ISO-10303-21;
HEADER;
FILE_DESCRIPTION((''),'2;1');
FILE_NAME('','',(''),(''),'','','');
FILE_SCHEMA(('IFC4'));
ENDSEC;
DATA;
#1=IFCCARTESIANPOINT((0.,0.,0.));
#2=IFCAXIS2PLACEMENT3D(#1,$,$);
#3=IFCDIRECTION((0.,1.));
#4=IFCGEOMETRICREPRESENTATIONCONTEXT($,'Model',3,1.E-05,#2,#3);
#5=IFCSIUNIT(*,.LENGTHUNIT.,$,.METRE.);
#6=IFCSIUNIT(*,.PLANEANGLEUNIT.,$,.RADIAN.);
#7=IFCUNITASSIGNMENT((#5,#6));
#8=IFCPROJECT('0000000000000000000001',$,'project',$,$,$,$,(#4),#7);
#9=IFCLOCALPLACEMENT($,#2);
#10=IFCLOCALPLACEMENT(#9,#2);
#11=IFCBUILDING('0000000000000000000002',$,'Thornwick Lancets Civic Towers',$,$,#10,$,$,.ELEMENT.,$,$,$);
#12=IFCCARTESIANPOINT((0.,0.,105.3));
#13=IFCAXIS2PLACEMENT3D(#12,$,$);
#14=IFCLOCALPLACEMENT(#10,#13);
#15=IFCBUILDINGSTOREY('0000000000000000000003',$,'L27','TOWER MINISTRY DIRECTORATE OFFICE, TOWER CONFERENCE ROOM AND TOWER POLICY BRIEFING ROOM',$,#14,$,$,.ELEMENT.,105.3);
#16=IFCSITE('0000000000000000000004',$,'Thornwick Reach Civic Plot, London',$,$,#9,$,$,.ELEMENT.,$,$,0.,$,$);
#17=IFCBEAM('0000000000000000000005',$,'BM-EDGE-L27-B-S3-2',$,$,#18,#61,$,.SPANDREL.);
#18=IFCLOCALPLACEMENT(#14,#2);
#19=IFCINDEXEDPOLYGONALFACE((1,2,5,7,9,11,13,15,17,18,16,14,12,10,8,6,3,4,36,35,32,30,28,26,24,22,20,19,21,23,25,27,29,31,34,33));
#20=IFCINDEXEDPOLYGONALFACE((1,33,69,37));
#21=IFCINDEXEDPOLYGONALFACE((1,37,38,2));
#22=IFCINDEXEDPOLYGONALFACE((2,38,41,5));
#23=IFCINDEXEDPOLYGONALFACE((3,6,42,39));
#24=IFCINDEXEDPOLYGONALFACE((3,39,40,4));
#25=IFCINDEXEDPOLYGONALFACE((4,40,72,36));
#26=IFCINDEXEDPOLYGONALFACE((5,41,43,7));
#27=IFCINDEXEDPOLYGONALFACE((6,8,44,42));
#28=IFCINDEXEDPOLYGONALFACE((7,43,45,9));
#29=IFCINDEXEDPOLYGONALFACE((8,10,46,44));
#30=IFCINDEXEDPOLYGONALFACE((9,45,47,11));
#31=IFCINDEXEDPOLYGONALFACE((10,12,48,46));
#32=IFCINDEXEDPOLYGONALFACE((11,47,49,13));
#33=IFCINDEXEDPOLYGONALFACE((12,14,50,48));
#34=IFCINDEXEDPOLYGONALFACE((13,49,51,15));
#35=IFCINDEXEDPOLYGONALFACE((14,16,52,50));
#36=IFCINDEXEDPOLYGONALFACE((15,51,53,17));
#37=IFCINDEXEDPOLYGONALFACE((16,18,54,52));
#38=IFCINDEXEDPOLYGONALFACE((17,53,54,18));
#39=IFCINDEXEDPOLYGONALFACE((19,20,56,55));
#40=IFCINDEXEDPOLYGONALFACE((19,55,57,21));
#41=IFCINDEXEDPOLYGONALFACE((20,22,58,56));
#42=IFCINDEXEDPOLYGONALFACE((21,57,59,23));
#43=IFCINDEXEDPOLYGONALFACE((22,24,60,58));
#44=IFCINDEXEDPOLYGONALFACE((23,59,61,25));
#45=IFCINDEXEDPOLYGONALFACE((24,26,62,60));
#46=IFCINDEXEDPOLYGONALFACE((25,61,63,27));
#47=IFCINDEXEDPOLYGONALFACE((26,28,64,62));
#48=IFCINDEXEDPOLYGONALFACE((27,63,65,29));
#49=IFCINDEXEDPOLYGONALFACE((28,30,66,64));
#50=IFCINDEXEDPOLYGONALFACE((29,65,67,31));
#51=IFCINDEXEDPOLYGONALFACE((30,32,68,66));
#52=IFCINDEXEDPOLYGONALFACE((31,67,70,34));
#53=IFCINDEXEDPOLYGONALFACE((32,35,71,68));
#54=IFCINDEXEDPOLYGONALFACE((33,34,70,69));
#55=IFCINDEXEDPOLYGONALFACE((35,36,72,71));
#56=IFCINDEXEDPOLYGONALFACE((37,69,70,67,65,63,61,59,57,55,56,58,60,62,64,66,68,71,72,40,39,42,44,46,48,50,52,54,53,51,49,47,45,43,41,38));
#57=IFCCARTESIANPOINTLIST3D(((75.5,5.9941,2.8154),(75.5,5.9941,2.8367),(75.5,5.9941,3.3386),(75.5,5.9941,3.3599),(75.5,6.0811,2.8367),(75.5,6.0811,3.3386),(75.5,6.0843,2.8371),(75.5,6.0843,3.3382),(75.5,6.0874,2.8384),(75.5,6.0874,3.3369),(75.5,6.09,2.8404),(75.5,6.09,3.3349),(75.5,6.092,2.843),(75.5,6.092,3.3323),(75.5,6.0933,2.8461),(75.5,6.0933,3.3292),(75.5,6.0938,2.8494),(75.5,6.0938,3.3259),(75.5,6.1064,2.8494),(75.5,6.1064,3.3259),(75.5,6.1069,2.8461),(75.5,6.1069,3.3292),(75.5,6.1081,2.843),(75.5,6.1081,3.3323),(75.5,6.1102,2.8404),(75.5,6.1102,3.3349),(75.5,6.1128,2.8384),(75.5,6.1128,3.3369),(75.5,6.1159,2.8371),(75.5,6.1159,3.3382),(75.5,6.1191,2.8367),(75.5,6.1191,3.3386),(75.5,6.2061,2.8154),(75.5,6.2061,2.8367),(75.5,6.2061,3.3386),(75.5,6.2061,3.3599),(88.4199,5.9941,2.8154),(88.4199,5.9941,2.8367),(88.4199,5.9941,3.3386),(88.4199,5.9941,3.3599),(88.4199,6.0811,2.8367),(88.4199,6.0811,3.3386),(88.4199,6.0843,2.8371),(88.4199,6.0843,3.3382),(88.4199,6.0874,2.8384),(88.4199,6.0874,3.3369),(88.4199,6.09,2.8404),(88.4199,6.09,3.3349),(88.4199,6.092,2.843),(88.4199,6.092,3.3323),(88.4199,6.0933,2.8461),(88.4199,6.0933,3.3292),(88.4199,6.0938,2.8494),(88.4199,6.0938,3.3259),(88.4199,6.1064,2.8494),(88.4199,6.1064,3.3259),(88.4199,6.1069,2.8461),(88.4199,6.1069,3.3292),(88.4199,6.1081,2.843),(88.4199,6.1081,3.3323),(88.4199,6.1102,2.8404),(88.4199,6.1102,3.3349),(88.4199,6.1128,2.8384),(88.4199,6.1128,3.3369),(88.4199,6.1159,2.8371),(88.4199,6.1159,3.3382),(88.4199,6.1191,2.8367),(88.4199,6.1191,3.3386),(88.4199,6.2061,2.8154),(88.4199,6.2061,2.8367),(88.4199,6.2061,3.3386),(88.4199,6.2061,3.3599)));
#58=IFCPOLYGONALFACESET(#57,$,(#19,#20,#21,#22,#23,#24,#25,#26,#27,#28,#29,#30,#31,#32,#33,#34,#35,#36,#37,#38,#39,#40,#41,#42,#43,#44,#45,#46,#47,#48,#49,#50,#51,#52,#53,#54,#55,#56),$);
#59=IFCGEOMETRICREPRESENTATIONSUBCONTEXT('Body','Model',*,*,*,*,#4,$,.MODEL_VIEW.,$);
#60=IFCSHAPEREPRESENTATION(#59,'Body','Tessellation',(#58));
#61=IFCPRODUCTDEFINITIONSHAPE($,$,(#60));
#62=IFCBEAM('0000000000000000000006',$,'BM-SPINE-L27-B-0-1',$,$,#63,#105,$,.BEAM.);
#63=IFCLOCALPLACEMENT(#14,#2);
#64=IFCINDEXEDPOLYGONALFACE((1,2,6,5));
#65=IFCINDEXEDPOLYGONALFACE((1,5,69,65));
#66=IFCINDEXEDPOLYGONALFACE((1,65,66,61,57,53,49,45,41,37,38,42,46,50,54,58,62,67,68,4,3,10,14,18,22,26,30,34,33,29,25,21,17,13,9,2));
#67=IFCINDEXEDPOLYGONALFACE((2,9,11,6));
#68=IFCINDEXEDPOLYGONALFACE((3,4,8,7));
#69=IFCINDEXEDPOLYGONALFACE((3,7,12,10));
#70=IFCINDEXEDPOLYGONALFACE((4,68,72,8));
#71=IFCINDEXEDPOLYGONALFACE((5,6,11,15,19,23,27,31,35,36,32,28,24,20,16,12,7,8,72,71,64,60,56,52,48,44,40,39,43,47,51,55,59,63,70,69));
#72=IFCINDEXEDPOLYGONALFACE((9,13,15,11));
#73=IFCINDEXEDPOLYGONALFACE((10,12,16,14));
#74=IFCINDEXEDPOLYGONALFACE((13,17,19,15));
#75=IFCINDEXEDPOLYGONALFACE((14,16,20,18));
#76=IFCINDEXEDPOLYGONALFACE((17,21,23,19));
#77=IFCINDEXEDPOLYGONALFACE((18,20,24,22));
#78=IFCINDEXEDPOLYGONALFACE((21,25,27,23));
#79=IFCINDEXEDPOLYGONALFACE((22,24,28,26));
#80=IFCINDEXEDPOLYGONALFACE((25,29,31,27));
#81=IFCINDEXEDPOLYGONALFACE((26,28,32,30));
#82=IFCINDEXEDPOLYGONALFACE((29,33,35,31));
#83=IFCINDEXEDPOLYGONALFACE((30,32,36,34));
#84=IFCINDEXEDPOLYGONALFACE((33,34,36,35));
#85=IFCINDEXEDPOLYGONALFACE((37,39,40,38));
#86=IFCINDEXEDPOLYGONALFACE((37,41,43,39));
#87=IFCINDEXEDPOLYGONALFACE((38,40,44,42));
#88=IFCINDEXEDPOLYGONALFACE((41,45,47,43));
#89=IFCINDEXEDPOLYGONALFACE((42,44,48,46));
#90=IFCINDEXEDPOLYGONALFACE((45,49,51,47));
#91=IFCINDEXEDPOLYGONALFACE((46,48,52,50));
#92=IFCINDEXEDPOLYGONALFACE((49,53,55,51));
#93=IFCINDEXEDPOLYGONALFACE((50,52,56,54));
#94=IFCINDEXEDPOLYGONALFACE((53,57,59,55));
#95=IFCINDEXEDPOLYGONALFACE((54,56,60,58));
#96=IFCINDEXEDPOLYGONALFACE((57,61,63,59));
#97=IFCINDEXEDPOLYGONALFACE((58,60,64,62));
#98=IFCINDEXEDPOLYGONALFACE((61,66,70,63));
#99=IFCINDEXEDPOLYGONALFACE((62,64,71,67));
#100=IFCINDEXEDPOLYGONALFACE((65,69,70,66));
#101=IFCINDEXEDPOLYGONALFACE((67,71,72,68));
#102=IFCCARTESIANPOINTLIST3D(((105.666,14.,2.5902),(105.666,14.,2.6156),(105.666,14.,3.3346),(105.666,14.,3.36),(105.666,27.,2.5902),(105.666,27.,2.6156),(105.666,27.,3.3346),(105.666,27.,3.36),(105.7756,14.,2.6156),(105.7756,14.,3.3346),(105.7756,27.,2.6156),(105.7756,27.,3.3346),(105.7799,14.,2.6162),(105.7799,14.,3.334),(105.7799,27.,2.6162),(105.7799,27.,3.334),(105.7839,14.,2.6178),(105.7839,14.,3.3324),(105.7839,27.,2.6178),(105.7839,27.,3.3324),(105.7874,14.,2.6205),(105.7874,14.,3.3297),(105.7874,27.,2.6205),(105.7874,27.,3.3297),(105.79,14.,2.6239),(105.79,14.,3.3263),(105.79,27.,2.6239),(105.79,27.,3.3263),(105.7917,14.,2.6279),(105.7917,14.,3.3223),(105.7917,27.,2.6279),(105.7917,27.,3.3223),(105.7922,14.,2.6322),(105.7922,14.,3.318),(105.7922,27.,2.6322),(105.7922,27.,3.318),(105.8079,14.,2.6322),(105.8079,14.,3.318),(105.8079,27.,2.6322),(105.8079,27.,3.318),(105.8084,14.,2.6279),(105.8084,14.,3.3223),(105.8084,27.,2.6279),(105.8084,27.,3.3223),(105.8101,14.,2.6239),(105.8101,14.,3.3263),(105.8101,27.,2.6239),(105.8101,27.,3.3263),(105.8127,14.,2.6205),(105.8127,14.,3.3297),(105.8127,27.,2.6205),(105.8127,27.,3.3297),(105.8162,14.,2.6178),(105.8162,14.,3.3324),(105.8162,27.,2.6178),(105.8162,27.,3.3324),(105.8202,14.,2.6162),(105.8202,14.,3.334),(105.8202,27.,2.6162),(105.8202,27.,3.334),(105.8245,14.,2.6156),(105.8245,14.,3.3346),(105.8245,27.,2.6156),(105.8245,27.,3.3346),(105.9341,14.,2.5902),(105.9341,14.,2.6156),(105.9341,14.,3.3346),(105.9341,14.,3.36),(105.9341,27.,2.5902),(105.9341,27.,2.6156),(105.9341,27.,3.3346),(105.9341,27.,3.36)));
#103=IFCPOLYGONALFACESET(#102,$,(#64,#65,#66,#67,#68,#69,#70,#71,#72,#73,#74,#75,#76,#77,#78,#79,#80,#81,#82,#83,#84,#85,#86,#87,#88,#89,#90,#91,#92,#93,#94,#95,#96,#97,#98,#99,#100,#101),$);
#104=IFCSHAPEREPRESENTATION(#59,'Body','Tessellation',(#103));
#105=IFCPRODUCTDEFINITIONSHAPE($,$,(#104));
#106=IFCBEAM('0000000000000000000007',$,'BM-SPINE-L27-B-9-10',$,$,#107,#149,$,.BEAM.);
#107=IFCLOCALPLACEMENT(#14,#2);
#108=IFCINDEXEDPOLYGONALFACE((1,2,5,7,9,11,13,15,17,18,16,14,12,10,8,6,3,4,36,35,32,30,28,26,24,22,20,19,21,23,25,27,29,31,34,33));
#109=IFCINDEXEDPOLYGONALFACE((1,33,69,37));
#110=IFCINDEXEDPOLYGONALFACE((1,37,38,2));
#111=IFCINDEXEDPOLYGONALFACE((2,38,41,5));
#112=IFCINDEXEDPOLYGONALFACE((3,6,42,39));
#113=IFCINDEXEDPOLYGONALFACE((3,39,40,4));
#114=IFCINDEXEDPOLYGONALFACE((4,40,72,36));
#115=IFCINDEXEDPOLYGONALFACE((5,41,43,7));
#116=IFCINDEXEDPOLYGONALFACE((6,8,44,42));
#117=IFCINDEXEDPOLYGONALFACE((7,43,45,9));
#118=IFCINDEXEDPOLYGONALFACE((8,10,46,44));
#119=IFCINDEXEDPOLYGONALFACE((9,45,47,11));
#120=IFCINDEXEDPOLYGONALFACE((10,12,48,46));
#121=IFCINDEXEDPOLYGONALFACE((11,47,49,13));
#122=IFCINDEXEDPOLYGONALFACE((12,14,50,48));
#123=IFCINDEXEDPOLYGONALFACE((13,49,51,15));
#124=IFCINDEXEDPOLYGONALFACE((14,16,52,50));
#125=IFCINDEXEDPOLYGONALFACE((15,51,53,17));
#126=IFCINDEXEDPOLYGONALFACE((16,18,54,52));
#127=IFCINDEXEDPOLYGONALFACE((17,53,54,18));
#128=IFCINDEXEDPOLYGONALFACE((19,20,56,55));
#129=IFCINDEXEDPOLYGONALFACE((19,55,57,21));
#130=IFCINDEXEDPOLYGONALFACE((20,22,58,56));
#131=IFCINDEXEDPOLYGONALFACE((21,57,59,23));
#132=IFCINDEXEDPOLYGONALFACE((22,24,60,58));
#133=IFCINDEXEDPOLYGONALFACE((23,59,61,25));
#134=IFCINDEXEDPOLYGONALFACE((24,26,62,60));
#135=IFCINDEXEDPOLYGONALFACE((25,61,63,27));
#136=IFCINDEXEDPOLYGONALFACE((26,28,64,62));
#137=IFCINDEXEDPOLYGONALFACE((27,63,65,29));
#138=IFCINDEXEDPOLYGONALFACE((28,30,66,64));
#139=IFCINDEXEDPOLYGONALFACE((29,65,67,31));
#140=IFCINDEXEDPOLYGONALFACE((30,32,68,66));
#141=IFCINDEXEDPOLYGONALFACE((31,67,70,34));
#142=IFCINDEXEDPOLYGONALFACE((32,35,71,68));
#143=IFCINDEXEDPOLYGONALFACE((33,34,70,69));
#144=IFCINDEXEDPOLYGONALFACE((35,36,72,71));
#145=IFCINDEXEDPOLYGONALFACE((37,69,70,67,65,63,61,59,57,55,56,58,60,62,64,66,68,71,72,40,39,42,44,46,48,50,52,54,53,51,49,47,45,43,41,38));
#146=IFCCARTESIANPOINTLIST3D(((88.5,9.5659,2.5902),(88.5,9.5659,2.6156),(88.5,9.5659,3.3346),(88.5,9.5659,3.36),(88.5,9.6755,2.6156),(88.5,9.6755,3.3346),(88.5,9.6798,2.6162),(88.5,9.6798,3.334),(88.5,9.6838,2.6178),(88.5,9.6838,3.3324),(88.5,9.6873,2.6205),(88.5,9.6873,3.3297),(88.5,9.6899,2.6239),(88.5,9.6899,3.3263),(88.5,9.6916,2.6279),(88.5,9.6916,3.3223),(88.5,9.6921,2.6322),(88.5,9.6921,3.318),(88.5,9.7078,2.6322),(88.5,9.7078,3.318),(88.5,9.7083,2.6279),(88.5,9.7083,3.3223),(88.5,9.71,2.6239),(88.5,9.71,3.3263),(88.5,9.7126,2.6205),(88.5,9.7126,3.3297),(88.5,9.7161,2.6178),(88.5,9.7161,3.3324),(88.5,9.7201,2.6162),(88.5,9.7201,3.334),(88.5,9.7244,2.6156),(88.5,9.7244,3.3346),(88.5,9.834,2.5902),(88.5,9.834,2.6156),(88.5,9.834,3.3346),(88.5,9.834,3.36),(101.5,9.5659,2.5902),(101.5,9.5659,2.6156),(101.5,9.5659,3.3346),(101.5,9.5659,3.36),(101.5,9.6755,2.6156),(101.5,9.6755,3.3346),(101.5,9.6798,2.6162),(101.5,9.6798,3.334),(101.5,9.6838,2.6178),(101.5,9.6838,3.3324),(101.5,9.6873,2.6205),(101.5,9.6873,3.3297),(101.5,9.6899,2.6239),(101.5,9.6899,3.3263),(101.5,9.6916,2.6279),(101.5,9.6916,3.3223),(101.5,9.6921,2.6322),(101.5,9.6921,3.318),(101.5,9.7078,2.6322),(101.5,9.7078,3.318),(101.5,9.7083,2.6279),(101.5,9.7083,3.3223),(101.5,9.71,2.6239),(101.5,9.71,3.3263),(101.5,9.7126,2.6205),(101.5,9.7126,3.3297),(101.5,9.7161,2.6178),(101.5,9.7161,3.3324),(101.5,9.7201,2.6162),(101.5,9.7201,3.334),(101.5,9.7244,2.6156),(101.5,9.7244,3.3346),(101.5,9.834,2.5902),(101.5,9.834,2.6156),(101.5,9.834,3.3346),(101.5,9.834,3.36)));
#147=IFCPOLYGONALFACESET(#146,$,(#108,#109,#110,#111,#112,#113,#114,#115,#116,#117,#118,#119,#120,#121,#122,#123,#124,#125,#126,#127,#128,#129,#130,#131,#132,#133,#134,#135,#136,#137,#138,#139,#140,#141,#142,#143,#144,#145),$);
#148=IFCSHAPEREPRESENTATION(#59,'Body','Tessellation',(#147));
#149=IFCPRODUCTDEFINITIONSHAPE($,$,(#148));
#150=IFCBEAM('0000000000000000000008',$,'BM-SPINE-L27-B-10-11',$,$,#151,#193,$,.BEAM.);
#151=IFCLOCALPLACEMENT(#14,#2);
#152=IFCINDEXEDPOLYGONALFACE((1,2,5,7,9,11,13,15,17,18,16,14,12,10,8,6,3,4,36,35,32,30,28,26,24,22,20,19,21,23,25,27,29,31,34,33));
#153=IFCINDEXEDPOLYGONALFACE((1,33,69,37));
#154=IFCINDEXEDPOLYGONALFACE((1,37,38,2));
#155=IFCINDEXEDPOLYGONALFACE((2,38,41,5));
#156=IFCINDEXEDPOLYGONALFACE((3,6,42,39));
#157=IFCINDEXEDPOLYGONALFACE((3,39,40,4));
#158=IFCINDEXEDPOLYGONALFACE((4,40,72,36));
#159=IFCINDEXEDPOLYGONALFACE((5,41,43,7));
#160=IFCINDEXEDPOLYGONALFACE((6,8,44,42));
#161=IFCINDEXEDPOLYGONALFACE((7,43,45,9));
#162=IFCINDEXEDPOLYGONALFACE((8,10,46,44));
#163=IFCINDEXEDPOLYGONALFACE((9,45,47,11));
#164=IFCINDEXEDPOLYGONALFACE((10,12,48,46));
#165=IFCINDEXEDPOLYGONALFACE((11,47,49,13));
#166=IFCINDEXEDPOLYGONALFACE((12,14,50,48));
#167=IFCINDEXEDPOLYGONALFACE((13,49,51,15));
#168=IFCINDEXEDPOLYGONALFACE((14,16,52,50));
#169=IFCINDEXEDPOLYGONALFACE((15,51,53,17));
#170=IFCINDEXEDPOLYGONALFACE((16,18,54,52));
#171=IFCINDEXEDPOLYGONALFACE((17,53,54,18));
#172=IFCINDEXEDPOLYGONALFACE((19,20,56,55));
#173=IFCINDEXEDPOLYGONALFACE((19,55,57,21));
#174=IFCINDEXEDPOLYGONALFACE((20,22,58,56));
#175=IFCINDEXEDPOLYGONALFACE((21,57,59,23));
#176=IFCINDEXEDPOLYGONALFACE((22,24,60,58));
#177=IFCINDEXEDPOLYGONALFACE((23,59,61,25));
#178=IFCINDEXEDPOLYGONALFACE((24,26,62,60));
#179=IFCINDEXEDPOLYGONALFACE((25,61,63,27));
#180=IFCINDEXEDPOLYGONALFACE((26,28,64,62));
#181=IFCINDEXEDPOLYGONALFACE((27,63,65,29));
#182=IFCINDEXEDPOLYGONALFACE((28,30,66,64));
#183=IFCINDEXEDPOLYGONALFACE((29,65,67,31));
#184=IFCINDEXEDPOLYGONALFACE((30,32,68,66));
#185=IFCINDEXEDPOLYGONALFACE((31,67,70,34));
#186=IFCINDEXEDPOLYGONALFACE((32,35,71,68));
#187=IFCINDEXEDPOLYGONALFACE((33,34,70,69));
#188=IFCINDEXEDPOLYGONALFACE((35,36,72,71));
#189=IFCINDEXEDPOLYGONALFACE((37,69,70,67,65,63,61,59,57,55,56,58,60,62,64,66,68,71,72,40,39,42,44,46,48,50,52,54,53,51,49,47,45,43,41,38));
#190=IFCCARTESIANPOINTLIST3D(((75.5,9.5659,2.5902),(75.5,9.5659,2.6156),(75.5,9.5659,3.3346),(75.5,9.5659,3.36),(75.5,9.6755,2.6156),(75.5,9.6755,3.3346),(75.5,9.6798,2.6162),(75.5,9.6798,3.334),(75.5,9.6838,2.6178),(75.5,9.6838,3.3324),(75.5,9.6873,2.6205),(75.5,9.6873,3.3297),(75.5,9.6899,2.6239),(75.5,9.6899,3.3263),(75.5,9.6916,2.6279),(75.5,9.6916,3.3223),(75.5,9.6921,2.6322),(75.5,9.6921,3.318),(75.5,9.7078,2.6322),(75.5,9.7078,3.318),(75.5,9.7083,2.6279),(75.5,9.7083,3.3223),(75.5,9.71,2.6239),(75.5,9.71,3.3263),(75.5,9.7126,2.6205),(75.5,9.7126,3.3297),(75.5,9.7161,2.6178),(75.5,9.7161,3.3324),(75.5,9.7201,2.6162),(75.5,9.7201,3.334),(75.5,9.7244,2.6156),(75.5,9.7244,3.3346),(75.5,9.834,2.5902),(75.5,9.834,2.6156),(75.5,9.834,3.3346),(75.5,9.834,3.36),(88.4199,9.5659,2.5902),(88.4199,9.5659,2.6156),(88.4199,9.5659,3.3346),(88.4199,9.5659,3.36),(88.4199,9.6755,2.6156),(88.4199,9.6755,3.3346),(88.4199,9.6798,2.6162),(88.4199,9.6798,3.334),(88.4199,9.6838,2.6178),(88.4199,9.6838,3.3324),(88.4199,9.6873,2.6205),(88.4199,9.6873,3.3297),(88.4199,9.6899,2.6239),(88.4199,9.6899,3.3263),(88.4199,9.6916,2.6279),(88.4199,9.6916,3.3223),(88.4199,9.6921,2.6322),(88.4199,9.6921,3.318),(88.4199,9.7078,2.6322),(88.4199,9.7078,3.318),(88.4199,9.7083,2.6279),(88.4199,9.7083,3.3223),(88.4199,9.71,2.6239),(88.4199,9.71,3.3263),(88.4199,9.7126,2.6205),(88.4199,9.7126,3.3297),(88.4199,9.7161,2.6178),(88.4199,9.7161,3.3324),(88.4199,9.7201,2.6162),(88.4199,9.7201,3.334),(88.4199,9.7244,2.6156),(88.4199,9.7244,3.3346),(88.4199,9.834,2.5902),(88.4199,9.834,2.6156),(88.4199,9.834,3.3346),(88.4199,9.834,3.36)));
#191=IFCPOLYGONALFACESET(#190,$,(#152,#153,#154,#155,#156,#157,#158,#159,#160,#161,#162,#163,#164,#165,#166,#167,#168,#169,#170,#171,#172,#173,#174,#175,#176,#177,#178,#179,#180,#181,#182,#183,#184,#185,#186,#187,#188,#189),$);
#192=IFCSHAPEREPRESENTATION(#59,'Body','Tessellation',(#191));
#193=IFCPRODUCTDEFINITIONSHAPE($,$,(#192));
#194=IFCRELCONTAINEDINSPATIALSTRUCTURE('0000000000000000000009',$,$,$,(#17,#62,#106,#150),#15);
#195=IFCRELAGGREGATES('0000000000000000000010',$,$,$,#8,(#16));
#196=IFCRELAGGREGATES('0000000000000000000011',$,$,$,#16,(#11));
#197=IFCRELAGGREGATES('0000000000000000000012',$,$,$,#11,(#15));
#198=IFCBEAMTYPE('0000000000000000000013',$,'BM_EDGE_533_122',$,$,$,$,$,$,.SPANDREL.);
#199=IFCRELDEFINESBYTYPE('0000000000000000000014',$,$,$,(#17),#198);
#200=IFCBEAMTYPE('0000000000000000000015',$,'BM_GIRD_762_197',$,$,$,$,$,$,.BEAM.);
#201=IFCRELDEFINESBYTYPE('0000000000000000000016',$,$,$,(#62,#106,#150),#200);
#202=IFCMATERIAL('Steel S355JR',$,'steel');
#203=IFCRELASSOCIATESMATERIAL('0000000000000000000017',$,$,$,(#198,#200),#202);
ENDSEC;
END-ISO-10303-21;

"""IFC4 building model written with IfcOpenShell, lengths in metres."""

from ifc_helpers import new_model, si_unit, direction, frame, origin, origin_2d, place, context, subcontext, project, spatial, i_section, extrude, material, material_profile, profile_set, type_object, element, save


model = new_model("IFC4")

# Units and contexts
model_context = context("Model", 3, precision=1e-05, world=origin(), true_north=direction((0.0, 1.0)))
body_context = subcontext(model_context, "Body", "Model", "MODEL_VIEW")
ifc_project = project(units=[si_unit("LENGTHUNIT", "METRE"), si_unit("PLANEANGLEUNIT", "RADIAN")], contexts=[model_context])

# Site, building, storey
site_placement = place(None, origin())
site = spatial("IfcSite", under=ifc_project, at=site_placement, Name="Thornwick Reach Civic Plot, London", CompositionType="ELEMENT", RefElevation=0.0)
building_placement = place(site_placement, origin())
building = spatial("IfcBuilding", under=site, at=building_placement, Name="Thornwick Lancets Civic Towers", CompositionType="ELEMENT")
storey_placement = place(building_placement, frame((0.0, 0.0, 105.3)))
storey = spatial("IfcBuildingStorey", under=building, at=storey_placement, Name="L27", Description="TOWER MINISTRY DIRECTORATE OFFICE, TOWER CONFERENCE ROOM AND TOWER POLICY BRIEFING ROOM", CompositionType="ELEMENT", Elevation=105.3)

# Beams
ifc_material_1 = material(Name="Steel S355JR", Category="steel")
ifc_material_profile_1 = material_profile(ifc_material_1, i_section(OverallWidth=0.2119, OverallDepth=0.5444, WebThickness=0.0127, FlangeThickness=0.0212, FilletRadius=0.0127, at=origin_2d()), Name="UKB 533x210x122")
ifc_profile_set_1 = profile_set([ifc_material_profile_1], Name="Steel S355JR")
beam_type_1 = type_object("IfcBeamType", Name="BM_EDGE_533_122", PredefinedType="SPANDREL", material=ifc_profile_set_1)
beam_1_placement = place(storey_placement, frame((88.4199, 6.1001, 3.0876), z_axis=(-1.0, 0.0, 0.0), x_axis=(0.0, -1.0, 0.0)))
element("IfcBeam", 1, at=beam_1_placement, inside=storey, type_object=beam_type_1, Name="BM-EDGE-L27-B-S3-2", PredefinedType="SPANDREL", context=body_context, shape_type="SweptSolid", body=[
    extrude(i_section(OverallWidth=0.2119, OverallDepth=0.5444, WebThickness=0.0127, FlangeThickness=0.0212, FilletRadius=0.0127, at=origin_2d()), origin(), (0.0, 0.0, 1.0), 12.9199),
])
ifc_material_profile_2 = material_profile(ifc_material_1, i_section(OverallWidth=0.2681, OverallDepth=0.7698, WebThickness=0.0156, FlangeThickness=0.0254, FilletRadius=0.0166, at=origin_2d()), Name="UKB 762x267x197")
ifc_profile_set_2 = profile_set([ifc_material_profile_2], Name="Steel S355JR")
beam_type_2 = type_object("IfcBeamType", Name="BM_GIRD_762_197", PredefinedType="BEAM", material=ifc_profile_set_2)
for number, where, z_axis, x_axis, name in (
    (2, (105.8, 14.0, 2.9751), (0.0, 1.0, 0.0), (-1.0, 0.0, 0.0), "BM-SPINE-L27-B-0-1"),
    (3, (101.5, 9.7, 2.9751), (-1.0, 0.0, 0.0), (0.0, -1.0, 0.0), "BM-SPINE-L27-B-9-10"),
):
    element("IfcBeam", number, at=place(storey_placement, frame(where, z_axis=z_axis, x_axis=x_axis)), inside=storey, type_object=beam_type_2, Name=name, PredefinedType="BEAM", context=body_context, shape_type="SweptSolid", body=[
        extrude(i_section(OverallWidth=0.2681, OverallDepth=0.7698, WebThickness=0.0156, FlangeThickness=0.0254, FilletRadius=0.0166, at=origin_2d()), origin(), (0.0, 0.0, 1.0), 13.0),
    ])
beam_2_placement = place(storey_placement, frame((88.4199, 9.7, 2.9751), z_axis=(-1.0, 0.0, 0.0), x_axis=(0.0, -1.0, 0.0)))
element("IfcBeam", 4, at=beam_2_placement, inside=storey, type_object=beam_type_2, Name="BM-SPINE-L27-B-10-11", PredefinedType="BEAM", context=body_context, shape_type="SweptSolid", body=[
    extrude(i_section(OverallWidth=0.2681, OverallDepth=0.7698, WebThickness=0.0156, FlangeThickness=0.0254, FilletRadius=0.0166, at=origin_2d()), origin(), (0.0, 0.0, 1.0), 12.9199),
])

save(model, "model.ifc")
